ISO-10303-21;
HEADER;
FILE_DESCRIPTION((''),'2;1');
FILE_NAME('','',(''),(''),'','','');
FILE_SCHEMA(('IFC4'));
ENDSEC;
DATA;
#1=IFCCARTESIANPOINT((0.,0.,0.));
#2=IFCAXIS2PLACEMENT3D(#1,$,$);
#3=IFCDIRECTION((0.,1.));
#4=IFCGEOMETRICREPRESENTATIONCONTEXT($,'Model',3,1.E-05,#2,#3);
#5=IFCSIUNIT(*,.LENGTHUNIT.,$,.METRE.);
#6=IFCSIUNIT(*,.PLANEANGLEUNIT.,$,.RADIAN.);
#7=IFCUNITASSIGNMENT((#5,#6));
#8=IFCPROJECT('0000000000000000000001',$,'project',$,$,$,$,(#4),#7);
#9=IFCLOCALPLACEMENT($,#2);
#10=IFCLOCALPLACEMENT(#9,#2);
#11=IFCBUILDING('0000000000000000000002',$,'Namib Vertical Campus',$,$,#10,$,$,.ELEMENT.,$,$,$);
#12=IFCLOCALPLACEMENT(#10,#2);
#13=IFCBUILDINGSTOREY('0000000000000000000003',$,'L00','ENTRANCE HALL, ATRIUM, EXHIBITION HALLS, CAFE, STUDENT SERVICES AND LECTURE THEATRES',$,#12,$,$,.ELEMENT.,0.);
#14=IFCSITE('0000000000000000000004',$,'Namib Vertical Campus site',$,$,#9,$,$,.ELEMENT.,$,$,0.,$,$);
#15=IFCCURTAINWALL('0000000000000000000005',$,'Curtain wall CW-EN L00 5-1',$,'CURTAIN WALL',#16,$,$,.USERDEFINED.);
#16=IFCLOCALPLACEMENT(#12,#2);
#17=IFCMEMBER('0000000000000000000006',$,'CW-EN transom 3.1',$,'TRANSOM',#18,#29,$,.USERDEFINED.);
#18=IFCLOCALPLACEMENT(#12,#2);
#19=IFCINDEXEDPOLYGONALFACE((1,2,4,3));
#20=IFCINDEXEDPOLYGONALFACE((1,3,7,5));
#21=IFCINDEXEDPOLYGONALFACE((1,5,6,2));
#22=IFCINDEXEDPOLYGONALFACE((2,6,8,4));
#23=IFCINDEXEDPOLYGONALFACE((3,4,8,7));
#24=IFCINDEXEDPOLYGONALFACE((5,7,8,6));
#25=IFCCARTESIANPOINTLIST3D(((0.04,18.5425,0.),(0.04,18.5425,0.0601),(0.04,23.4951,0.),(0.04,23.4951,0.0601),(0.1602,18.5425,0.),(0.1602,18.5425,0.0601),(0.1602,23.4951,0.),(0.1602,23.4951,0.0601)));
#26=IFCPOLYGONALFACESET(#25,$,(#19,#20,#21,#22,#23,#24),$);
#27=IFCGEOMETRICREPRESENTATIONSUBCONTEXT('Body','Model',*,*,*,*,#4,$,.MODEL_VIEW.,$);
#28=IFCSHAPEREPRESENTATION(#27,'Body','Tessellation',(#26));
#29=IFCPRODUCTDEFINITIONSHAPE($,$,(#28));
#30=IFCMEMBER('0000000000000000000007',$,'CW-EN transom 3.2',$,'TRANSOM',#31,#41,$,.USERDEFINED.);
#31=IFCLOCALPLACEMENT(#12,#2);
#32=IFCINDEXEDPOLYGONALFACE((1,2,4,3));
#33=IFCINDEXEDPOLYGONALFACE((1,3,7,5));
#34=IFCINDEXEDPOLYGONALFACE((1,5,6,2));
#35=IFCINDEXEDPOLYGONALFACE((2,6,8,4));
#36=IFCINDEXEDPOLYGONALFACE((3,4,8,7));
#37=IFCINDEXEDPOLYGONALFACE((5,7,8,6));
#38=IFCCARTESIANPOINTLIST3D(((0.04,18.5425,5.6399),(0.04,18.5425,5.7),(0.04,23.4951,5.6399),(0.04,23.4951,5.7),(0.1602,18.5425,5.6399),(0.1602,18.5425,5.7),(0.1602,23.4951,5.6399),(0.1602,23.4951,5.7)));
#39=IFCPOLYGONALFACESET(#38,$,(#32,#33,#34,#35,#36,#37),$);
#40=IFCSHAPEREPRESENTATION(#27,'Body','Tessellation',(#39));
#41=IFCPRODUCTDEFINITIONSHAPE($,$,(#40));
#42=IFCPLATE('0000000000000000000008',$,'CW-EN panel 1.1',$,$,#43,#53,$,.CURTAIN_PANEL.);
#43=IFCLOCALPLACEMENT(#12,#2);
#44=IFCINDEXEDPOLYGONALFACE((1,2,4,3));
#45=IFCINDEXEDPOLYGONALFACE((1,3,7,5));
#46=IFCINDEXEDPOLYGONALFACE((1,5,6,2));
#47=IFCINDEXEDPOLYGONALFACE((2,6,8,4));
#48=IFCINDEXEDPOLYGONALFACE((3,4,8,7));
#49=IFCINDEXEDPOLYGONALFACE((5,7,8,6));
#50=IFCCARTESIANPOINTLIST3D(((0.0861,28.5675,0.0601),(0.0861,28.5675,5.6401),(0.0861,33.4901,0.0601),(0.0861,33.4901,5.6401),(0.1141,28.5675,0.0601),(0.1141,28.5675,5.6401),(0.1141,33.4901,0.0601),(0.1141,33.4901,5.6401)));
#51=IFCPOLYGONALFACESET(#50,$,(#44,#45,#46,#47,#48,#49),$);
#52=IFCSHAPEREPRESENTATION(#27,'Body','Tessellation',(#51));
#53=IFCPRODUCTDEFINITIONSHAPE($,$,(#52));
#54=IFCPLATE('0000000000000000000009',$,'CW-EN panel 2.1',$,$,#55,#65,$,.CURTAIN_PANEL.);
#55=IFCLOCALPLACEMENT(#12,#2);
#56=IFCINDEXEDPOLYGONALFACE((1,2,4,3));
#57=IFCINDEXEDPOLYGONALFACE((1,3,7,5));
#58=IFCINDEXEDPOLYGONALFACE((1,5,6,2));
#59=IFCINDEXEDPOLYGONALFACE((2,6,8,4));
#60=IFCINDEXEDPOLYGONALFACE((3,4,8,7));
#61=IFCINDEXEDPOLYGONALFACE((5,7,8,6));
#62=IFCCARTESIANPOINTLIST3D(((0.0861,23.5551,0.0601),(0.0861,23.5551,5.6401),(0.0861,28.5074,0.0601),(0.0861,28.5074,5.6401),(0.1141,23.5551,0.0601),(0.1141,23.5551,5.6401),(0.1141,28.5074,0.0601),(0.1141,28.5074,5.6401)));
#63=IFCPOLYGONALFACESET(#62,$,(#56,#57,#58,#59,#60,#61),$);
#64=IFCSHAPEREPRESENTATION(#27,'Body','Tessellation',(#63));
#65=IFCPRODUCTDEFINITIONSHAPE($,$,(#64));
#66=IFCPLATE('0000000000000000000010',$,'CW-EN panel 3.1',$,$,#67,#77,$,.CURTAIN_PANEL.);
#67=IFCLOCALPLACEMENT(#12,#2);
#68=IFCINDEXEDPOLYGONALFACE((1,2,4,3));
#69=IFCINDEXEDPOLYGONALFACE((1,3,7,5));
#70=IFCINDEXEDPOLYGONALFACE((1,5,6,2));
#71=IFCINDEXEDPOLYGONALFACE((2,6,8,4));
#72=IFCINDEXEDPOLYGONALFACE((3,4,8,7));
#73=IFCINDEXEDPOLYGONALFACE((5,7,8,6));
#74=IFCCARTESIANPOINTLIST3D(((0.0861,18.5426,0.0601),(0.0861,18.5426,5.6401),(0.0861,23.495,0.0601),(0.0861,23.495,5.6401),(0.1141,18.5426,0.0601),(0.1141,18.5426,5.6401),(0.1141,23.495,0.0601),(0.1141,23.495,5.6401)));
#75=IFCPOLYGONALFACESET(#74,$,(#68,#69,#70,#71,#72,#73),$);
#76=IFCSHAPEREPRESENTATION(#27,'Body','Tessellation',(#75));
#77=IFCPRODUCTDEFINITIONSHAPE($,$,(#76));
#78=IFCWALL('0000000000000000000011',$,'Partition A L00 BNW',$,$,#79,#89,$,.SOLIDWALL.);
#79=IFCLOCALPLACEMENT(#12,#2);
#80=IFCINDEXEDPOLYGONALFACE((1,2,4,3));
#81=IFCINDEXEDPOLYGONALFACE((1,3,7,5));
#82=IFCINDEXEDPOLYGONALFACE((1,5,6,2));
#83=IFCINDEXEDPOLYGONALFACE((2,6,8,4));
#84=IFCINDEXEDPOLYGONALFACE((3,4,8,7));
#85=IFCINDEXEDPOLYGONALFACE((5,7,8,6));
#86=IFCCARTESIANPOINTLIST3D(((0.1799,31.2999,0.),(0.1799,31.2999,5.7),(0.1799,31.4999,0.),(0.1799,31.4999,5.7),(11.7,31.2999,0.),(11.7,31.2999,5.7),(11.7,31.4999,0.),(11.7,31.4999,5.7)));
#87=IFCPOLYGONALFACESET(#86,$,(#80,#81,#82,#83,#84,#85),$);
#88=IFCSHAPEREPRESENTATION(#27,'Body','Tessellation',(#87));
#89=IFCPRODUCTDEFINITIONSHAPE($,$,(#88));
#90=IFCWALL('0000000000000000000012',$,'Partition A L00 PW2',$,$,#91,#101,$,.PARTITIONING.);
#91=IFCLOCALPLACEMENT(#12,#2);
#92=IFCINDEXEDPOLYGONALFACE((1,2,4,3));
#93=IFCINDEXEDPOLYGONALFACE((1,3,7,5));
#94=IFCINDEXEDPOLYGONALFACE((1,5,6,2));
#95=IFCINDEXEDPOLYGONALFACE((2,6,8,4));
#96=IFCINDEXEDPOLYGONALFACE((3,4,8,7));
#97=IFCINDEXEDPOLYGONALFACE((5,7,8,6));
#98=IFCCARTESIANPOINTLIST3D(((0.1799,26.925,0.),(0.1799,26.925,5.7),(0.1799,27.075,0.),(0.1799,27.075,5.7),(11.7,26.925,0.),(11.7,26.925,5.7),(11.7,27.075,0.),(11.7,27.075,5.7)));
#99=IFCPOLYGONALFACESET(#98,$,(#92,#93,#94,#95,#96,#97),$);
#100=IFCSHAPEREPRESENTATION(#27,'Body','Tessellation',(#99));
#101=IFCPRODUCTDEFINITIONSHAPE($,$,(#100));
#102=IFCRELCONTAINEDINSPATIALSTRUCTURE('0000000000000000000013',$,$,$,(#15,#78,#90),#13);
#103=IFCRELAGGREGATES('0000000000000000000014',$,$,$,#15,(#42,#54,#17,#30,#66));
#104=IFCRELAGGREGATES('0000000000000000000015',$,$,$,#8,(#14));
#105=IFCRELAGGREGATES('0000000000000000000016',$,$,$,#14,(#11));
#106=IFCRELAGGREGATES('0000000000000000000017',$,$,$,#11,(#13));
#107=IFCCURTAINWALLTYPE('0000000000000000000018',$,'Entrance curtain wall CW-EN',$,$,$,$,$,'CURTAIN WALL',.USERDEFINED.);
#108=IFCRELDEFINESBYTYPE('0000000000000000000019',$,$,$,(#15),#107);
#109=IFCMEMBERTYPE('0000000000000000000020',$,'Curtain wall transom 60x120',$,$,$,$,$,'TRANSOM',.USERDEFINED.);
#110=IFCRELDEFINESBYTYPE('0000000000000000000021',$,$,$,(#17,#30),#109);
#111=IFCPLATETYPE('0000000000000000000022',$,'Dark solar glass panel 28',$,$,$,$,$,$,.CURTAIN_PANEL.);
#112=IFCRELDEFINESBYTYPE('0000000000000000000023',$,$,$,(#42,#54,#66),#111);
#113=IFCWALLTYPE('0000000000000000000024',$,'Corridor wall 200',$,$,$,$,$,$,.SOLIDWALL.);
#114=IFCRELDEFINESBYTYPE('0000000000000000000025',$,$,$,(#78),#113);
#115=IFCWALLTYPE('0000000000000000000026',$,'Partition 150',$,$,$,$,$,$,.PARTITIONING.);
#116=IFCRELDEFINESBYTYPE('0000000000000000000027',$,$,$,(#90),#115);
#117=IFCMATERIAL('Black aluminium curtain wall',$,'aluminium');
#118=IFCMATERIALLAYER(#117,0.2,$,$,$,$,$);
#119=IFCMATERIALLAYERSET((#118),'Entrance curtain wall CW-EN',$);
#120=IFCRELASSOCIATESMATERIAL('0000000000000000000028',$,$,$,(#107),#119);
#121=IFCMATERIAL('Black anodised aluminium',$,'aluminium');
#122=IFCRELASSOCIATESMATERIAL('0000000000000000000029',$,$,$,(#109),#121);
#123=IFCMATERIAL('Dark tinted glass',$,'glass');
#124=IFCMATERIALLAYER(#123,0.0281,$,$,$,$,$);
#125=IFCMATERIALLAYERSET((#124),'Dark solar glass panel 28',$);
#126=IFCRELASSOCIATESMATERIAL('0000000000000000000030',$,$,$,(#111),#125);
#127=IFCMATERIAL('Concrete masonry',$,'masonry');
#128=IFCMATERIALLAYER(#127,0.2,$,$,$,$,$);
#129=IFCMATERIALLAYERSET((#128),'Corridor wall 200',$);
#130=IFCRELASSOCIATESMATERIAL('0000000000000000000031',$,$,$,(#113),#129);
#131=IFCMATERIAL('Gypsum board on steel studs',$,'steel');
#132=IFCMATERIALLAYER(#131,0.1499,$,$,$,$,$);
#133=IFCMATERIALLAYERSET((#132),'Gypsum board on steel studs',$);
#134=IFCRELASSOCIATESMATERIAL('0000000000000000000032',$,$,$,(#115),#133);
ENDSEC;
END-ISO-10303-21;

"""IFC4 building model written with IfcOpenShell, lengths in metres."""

from ifc_helpers import new_model, si_unit, direction, frame, frame_2d, origin, origin_2d, place, context, subcontext, project, spatial, rectangle, extrude, material, layer, layer_set, material_profile, profile_set, type_object, element, aggregate, save


model = new_model("IFC4")

# Units and contexts
model_context = context("Model", 3, precision=1e-05, world=origin(), true_north=direction((0.0, 1.0)))
body_context = subcontext(model_context, "Body", "Model", "MODEL_VIEW")
ifc_project = project(units=[si_unit("LENGTHUNIT", "METRE"), si_unit("PLANEANGLEUNIT", "RADIAN")], contexts=[model_context])

# Site, building, storey
site_placement = place(None, origin())
site = spatial("IfcSite", under=ifc_project, at=site_placement, Name="Namib Vertical Campus site", CompositionType="ELEMENT", RefElevation=0.0)
building_placement = place(site_placement, origin())
building = spatial("IfcBuilding", under=site, at=building_placement, Name="Namib Vertical Campus", CompositionType="ELEMENT")
storey_placement = place(building_placement, origin())
storey = spatial("IfcBuildingStorey", under=building, at=storey_placement, Name="L00", Description="ENTRANCE HALL, ATRIUM, EXHIBITION HALLS, CAFE, STUDENT SERVICES AND LECTURE THEATRES", CompositionType="ELEMENT", Elevation=0.0)

# Curtain wall
ifc_material_1 = material(Name="Black aluminium curtain wall", Category="aluminium")
ifc_layer_1 = layer(ifc_material_1, 0.2)
ifc_layer_set_1 = layer_set([ifc_layer_1], Name="Entrance curtain wall CW-EN")
curtain_wall_type = type_object("IfcCurtainWallType", Name="Entrance curtain wall CW-EN", ElementType="CURTAIN WALL", PredefinedType="USERDEFINED", material=ifc_layer_set_1)
curtain_wall_1_placement = place(storey_placement, origin())
curtain_wall_1 = element("IfcCurtainWall", 1, at=curtain_wall_1_placement, inside=storey, type_object=curtain_wall_type, Name="Curtain wall CW-EN L00 5-1", ObjectType="CURTAIN WALL", PredefinedType="USERDEFINED")

# Members
ifc_material_2 = material(Name="Black anodised aluminium", Category="aluminium")
ifc_material_profile_1 = material_profile(ifc_material_2, rectangle(XDim=0.0601, YDim=0.1201, at=origin_2d()))
ifc_profile_set_1 = profile_set([ifc_material_profile_1], Name="Black anodised aluminium")
member_type_1 = type_object("IfcMemberType", Name="Curtain wall transom 60x120", ElementType="TRANSOM", PredefinedType="USERDEFINED", material=ifc_profile_set_1)
member_1_placement = place(storey_placement, frame((0.1001, 23.4951, 0.03), z_axis=(0.0, -1.0, 0.0), x_axis=(0.0, 0.0, 1.0)))
member_1 = element("IfcMember", 2, at=member_1_placement, type_object=member_type_1, Name="CW-EN transom 3.1", ObjectType="TRANSOM", PredefinedType="USERDEFINED", context=body_context, shape_type="SweptSolid", body=[
    extrude(rectangle(XDim=0.0601, YDim=0.1201, at=origin_2d()), origin(), (0.0, 0.0, 1.0), 4.9526),
])
member_2_placement = place(storey_placement, frame((0.1001, 23.4951, 5.6699), z_axis=(0.0, -1.0, 0.0), x_axis=(0.0, 0.0, 1.0)))
member_2 = element("IfcMember", 3, at=member_2_placement, type_object=member_type_1, Name="CW-EN transom 3.2", ObjectType="TRANSOM", PredefinedType="USERDEFINED", context=body_context, shape_type="SweptSolid", body=[
    extrude(rectangle(XDim=0.0601, YDim=0.1201, at=origin_2d()), origin(), (0.0, 0.0, 1.0), 4.9526),
])

# Plates
ifc_material_3 = material(Name="Dark tinted glass", Category="glass")
ifc_layer_2 = layer(ifc_material_3, 0.0281)
ifc_layer_set_2 = layer_set([ifc_layer_2], Name="Dark solar glass panel 28")
plate_type = type_object("IfcPlateType", Name="Dark solar glass panel 28", PredefinedType="CURTAIN_PANEL", material=ifc_layer_set_2)
plate_1_placement = place(storey_placement, frame((0.1001, 31.0288, 0.0601), z_axis=(0.0, 0.0, 1.0), x_axis=(0.0, -1.0, 0.0)))
plate_1 = element("IfcPlate", 4, at=plate_1_placement, type_object=plate_type, Name="CW-EN panel 1.1", PredefinedType="CURTAIN_PANEL", context=body_context, shape_type="SweptSolid", body=[
    extrude(rectangle(XDim=4.9226, YDim=0.0281, at=origin_2d()), origin(), (0.0, 0.0, 1.0), 5.5801),
])
plate_2_placement = place(storey_placement, frame((0.1001, 26.0312, 0.0601), z_axis=(0.0, 0.0, 1.0), x_axis=(0.0, -1.0, 0.0)))
plate_2 = element("IfcPlate", 5, at=plate_2_placement, type_object=plate_type, Name="CW-EN panel 2.1", PredefinedType="CURTAIN_PANEL", context=body_context, shape_type="SweptSolid", body=[
    extrude(rectangle(XDim=4.9524, YDim=0.0281, at=origin_2d()), origin(), (0.0, 0.0, 1.0), 5.5801),
])
plate_3_placement = place(storey_placement, frame((0.1001, 21.0188, 0.0601), z_axis=(0.0, 0.0, 1.0), x_axis=(0.0, -1.0, 0.0)))
plate_3 = element("IfcPlate", 6, at=plate_3_placement, type_object=plate_type, Name="CW-EN panel 3.1", PredefinedType="CURTAIN_PANEL", context=body_context, shape_type="SweptSolid", body=[
    extrude(rectangle(XDim=4.9524, YDim=0.0281, at=origin_2d()), origin(), (0.0, 0.0, 1.0), 5.5801),
])
aggregate(curtain_wall_1, [plate_1, plate_2, member_1, member_2, plate_3])

# Wall
ifc_material_4 = material(Name="Concrete masonry", Category="masonry")
ifc_layer_3 = layer(ifc_material_4, 0.2)
ifc_layer_set_3 = layer_set([ifc_layer_3], Name="Corridor wall 200")
wall_type_1 = type_object("IfcWallType", Name="Corridor wall 200", PredefinedType="SOLIDWALL", material=ifc_layer_set_3)
wall_1_placement = place(storey_placement, frame((0.1799, 31.3999, 0.0), z_axis=(0.0, 0.0, 1.0), x_axis=(1.0, 0.0, 0.0)))
element("IfcWall", 7, at=wall_1_placement, inside=storey, type_object=wall_type_1, Name="Partition A L00 BNW", PredefinedType="SOLIDWALL", context=body_context, shape_type="SweptSolid", body=[
    extrude(rectangle(XDim=11.52, YDim=0.2, at=frame_2d((5.76, 0.0))), origin(), (0.0, 0.0, 1.0), 5.7),
])

# Wall
ifc_material_5 = material(Name="Gypsum board on steel studs", Category="steel")
ifc_layer_4 = layer(ifc_material_5, 0.1499)
ifc_layer_set_4 = layer_set([ifc_layer_4], Name="Gypsum board on steel studs")
wall_type_2 = type_object("IfcWallType", Name="Partition 150", PredefinedType="PARTITIONING", material=ifc_layer_set_4)
wall_2_placement = place(storey_placement, frame((0.1799, 27.0, 0.0), z_axis=(0.0, 0.0, 1.0), x_axis=(1.0, 0.0, 0.0)))
element("IfcWall", 8, at=wall_2_placement, inside=storey, type_object=wall_type_2, Name="Partition A L00 PW2", PredefinedType="PARTITIONING", context=body_context, shape_type="SweptSolid", body=[
    extrude(rectangle(XDim=11.52, YDim=0.1499, at=frame_2d((5.76, 0.0))), origin(), (0.0, 0.0, 1.0), 5.7),
])

save(model, "model.ifc")
